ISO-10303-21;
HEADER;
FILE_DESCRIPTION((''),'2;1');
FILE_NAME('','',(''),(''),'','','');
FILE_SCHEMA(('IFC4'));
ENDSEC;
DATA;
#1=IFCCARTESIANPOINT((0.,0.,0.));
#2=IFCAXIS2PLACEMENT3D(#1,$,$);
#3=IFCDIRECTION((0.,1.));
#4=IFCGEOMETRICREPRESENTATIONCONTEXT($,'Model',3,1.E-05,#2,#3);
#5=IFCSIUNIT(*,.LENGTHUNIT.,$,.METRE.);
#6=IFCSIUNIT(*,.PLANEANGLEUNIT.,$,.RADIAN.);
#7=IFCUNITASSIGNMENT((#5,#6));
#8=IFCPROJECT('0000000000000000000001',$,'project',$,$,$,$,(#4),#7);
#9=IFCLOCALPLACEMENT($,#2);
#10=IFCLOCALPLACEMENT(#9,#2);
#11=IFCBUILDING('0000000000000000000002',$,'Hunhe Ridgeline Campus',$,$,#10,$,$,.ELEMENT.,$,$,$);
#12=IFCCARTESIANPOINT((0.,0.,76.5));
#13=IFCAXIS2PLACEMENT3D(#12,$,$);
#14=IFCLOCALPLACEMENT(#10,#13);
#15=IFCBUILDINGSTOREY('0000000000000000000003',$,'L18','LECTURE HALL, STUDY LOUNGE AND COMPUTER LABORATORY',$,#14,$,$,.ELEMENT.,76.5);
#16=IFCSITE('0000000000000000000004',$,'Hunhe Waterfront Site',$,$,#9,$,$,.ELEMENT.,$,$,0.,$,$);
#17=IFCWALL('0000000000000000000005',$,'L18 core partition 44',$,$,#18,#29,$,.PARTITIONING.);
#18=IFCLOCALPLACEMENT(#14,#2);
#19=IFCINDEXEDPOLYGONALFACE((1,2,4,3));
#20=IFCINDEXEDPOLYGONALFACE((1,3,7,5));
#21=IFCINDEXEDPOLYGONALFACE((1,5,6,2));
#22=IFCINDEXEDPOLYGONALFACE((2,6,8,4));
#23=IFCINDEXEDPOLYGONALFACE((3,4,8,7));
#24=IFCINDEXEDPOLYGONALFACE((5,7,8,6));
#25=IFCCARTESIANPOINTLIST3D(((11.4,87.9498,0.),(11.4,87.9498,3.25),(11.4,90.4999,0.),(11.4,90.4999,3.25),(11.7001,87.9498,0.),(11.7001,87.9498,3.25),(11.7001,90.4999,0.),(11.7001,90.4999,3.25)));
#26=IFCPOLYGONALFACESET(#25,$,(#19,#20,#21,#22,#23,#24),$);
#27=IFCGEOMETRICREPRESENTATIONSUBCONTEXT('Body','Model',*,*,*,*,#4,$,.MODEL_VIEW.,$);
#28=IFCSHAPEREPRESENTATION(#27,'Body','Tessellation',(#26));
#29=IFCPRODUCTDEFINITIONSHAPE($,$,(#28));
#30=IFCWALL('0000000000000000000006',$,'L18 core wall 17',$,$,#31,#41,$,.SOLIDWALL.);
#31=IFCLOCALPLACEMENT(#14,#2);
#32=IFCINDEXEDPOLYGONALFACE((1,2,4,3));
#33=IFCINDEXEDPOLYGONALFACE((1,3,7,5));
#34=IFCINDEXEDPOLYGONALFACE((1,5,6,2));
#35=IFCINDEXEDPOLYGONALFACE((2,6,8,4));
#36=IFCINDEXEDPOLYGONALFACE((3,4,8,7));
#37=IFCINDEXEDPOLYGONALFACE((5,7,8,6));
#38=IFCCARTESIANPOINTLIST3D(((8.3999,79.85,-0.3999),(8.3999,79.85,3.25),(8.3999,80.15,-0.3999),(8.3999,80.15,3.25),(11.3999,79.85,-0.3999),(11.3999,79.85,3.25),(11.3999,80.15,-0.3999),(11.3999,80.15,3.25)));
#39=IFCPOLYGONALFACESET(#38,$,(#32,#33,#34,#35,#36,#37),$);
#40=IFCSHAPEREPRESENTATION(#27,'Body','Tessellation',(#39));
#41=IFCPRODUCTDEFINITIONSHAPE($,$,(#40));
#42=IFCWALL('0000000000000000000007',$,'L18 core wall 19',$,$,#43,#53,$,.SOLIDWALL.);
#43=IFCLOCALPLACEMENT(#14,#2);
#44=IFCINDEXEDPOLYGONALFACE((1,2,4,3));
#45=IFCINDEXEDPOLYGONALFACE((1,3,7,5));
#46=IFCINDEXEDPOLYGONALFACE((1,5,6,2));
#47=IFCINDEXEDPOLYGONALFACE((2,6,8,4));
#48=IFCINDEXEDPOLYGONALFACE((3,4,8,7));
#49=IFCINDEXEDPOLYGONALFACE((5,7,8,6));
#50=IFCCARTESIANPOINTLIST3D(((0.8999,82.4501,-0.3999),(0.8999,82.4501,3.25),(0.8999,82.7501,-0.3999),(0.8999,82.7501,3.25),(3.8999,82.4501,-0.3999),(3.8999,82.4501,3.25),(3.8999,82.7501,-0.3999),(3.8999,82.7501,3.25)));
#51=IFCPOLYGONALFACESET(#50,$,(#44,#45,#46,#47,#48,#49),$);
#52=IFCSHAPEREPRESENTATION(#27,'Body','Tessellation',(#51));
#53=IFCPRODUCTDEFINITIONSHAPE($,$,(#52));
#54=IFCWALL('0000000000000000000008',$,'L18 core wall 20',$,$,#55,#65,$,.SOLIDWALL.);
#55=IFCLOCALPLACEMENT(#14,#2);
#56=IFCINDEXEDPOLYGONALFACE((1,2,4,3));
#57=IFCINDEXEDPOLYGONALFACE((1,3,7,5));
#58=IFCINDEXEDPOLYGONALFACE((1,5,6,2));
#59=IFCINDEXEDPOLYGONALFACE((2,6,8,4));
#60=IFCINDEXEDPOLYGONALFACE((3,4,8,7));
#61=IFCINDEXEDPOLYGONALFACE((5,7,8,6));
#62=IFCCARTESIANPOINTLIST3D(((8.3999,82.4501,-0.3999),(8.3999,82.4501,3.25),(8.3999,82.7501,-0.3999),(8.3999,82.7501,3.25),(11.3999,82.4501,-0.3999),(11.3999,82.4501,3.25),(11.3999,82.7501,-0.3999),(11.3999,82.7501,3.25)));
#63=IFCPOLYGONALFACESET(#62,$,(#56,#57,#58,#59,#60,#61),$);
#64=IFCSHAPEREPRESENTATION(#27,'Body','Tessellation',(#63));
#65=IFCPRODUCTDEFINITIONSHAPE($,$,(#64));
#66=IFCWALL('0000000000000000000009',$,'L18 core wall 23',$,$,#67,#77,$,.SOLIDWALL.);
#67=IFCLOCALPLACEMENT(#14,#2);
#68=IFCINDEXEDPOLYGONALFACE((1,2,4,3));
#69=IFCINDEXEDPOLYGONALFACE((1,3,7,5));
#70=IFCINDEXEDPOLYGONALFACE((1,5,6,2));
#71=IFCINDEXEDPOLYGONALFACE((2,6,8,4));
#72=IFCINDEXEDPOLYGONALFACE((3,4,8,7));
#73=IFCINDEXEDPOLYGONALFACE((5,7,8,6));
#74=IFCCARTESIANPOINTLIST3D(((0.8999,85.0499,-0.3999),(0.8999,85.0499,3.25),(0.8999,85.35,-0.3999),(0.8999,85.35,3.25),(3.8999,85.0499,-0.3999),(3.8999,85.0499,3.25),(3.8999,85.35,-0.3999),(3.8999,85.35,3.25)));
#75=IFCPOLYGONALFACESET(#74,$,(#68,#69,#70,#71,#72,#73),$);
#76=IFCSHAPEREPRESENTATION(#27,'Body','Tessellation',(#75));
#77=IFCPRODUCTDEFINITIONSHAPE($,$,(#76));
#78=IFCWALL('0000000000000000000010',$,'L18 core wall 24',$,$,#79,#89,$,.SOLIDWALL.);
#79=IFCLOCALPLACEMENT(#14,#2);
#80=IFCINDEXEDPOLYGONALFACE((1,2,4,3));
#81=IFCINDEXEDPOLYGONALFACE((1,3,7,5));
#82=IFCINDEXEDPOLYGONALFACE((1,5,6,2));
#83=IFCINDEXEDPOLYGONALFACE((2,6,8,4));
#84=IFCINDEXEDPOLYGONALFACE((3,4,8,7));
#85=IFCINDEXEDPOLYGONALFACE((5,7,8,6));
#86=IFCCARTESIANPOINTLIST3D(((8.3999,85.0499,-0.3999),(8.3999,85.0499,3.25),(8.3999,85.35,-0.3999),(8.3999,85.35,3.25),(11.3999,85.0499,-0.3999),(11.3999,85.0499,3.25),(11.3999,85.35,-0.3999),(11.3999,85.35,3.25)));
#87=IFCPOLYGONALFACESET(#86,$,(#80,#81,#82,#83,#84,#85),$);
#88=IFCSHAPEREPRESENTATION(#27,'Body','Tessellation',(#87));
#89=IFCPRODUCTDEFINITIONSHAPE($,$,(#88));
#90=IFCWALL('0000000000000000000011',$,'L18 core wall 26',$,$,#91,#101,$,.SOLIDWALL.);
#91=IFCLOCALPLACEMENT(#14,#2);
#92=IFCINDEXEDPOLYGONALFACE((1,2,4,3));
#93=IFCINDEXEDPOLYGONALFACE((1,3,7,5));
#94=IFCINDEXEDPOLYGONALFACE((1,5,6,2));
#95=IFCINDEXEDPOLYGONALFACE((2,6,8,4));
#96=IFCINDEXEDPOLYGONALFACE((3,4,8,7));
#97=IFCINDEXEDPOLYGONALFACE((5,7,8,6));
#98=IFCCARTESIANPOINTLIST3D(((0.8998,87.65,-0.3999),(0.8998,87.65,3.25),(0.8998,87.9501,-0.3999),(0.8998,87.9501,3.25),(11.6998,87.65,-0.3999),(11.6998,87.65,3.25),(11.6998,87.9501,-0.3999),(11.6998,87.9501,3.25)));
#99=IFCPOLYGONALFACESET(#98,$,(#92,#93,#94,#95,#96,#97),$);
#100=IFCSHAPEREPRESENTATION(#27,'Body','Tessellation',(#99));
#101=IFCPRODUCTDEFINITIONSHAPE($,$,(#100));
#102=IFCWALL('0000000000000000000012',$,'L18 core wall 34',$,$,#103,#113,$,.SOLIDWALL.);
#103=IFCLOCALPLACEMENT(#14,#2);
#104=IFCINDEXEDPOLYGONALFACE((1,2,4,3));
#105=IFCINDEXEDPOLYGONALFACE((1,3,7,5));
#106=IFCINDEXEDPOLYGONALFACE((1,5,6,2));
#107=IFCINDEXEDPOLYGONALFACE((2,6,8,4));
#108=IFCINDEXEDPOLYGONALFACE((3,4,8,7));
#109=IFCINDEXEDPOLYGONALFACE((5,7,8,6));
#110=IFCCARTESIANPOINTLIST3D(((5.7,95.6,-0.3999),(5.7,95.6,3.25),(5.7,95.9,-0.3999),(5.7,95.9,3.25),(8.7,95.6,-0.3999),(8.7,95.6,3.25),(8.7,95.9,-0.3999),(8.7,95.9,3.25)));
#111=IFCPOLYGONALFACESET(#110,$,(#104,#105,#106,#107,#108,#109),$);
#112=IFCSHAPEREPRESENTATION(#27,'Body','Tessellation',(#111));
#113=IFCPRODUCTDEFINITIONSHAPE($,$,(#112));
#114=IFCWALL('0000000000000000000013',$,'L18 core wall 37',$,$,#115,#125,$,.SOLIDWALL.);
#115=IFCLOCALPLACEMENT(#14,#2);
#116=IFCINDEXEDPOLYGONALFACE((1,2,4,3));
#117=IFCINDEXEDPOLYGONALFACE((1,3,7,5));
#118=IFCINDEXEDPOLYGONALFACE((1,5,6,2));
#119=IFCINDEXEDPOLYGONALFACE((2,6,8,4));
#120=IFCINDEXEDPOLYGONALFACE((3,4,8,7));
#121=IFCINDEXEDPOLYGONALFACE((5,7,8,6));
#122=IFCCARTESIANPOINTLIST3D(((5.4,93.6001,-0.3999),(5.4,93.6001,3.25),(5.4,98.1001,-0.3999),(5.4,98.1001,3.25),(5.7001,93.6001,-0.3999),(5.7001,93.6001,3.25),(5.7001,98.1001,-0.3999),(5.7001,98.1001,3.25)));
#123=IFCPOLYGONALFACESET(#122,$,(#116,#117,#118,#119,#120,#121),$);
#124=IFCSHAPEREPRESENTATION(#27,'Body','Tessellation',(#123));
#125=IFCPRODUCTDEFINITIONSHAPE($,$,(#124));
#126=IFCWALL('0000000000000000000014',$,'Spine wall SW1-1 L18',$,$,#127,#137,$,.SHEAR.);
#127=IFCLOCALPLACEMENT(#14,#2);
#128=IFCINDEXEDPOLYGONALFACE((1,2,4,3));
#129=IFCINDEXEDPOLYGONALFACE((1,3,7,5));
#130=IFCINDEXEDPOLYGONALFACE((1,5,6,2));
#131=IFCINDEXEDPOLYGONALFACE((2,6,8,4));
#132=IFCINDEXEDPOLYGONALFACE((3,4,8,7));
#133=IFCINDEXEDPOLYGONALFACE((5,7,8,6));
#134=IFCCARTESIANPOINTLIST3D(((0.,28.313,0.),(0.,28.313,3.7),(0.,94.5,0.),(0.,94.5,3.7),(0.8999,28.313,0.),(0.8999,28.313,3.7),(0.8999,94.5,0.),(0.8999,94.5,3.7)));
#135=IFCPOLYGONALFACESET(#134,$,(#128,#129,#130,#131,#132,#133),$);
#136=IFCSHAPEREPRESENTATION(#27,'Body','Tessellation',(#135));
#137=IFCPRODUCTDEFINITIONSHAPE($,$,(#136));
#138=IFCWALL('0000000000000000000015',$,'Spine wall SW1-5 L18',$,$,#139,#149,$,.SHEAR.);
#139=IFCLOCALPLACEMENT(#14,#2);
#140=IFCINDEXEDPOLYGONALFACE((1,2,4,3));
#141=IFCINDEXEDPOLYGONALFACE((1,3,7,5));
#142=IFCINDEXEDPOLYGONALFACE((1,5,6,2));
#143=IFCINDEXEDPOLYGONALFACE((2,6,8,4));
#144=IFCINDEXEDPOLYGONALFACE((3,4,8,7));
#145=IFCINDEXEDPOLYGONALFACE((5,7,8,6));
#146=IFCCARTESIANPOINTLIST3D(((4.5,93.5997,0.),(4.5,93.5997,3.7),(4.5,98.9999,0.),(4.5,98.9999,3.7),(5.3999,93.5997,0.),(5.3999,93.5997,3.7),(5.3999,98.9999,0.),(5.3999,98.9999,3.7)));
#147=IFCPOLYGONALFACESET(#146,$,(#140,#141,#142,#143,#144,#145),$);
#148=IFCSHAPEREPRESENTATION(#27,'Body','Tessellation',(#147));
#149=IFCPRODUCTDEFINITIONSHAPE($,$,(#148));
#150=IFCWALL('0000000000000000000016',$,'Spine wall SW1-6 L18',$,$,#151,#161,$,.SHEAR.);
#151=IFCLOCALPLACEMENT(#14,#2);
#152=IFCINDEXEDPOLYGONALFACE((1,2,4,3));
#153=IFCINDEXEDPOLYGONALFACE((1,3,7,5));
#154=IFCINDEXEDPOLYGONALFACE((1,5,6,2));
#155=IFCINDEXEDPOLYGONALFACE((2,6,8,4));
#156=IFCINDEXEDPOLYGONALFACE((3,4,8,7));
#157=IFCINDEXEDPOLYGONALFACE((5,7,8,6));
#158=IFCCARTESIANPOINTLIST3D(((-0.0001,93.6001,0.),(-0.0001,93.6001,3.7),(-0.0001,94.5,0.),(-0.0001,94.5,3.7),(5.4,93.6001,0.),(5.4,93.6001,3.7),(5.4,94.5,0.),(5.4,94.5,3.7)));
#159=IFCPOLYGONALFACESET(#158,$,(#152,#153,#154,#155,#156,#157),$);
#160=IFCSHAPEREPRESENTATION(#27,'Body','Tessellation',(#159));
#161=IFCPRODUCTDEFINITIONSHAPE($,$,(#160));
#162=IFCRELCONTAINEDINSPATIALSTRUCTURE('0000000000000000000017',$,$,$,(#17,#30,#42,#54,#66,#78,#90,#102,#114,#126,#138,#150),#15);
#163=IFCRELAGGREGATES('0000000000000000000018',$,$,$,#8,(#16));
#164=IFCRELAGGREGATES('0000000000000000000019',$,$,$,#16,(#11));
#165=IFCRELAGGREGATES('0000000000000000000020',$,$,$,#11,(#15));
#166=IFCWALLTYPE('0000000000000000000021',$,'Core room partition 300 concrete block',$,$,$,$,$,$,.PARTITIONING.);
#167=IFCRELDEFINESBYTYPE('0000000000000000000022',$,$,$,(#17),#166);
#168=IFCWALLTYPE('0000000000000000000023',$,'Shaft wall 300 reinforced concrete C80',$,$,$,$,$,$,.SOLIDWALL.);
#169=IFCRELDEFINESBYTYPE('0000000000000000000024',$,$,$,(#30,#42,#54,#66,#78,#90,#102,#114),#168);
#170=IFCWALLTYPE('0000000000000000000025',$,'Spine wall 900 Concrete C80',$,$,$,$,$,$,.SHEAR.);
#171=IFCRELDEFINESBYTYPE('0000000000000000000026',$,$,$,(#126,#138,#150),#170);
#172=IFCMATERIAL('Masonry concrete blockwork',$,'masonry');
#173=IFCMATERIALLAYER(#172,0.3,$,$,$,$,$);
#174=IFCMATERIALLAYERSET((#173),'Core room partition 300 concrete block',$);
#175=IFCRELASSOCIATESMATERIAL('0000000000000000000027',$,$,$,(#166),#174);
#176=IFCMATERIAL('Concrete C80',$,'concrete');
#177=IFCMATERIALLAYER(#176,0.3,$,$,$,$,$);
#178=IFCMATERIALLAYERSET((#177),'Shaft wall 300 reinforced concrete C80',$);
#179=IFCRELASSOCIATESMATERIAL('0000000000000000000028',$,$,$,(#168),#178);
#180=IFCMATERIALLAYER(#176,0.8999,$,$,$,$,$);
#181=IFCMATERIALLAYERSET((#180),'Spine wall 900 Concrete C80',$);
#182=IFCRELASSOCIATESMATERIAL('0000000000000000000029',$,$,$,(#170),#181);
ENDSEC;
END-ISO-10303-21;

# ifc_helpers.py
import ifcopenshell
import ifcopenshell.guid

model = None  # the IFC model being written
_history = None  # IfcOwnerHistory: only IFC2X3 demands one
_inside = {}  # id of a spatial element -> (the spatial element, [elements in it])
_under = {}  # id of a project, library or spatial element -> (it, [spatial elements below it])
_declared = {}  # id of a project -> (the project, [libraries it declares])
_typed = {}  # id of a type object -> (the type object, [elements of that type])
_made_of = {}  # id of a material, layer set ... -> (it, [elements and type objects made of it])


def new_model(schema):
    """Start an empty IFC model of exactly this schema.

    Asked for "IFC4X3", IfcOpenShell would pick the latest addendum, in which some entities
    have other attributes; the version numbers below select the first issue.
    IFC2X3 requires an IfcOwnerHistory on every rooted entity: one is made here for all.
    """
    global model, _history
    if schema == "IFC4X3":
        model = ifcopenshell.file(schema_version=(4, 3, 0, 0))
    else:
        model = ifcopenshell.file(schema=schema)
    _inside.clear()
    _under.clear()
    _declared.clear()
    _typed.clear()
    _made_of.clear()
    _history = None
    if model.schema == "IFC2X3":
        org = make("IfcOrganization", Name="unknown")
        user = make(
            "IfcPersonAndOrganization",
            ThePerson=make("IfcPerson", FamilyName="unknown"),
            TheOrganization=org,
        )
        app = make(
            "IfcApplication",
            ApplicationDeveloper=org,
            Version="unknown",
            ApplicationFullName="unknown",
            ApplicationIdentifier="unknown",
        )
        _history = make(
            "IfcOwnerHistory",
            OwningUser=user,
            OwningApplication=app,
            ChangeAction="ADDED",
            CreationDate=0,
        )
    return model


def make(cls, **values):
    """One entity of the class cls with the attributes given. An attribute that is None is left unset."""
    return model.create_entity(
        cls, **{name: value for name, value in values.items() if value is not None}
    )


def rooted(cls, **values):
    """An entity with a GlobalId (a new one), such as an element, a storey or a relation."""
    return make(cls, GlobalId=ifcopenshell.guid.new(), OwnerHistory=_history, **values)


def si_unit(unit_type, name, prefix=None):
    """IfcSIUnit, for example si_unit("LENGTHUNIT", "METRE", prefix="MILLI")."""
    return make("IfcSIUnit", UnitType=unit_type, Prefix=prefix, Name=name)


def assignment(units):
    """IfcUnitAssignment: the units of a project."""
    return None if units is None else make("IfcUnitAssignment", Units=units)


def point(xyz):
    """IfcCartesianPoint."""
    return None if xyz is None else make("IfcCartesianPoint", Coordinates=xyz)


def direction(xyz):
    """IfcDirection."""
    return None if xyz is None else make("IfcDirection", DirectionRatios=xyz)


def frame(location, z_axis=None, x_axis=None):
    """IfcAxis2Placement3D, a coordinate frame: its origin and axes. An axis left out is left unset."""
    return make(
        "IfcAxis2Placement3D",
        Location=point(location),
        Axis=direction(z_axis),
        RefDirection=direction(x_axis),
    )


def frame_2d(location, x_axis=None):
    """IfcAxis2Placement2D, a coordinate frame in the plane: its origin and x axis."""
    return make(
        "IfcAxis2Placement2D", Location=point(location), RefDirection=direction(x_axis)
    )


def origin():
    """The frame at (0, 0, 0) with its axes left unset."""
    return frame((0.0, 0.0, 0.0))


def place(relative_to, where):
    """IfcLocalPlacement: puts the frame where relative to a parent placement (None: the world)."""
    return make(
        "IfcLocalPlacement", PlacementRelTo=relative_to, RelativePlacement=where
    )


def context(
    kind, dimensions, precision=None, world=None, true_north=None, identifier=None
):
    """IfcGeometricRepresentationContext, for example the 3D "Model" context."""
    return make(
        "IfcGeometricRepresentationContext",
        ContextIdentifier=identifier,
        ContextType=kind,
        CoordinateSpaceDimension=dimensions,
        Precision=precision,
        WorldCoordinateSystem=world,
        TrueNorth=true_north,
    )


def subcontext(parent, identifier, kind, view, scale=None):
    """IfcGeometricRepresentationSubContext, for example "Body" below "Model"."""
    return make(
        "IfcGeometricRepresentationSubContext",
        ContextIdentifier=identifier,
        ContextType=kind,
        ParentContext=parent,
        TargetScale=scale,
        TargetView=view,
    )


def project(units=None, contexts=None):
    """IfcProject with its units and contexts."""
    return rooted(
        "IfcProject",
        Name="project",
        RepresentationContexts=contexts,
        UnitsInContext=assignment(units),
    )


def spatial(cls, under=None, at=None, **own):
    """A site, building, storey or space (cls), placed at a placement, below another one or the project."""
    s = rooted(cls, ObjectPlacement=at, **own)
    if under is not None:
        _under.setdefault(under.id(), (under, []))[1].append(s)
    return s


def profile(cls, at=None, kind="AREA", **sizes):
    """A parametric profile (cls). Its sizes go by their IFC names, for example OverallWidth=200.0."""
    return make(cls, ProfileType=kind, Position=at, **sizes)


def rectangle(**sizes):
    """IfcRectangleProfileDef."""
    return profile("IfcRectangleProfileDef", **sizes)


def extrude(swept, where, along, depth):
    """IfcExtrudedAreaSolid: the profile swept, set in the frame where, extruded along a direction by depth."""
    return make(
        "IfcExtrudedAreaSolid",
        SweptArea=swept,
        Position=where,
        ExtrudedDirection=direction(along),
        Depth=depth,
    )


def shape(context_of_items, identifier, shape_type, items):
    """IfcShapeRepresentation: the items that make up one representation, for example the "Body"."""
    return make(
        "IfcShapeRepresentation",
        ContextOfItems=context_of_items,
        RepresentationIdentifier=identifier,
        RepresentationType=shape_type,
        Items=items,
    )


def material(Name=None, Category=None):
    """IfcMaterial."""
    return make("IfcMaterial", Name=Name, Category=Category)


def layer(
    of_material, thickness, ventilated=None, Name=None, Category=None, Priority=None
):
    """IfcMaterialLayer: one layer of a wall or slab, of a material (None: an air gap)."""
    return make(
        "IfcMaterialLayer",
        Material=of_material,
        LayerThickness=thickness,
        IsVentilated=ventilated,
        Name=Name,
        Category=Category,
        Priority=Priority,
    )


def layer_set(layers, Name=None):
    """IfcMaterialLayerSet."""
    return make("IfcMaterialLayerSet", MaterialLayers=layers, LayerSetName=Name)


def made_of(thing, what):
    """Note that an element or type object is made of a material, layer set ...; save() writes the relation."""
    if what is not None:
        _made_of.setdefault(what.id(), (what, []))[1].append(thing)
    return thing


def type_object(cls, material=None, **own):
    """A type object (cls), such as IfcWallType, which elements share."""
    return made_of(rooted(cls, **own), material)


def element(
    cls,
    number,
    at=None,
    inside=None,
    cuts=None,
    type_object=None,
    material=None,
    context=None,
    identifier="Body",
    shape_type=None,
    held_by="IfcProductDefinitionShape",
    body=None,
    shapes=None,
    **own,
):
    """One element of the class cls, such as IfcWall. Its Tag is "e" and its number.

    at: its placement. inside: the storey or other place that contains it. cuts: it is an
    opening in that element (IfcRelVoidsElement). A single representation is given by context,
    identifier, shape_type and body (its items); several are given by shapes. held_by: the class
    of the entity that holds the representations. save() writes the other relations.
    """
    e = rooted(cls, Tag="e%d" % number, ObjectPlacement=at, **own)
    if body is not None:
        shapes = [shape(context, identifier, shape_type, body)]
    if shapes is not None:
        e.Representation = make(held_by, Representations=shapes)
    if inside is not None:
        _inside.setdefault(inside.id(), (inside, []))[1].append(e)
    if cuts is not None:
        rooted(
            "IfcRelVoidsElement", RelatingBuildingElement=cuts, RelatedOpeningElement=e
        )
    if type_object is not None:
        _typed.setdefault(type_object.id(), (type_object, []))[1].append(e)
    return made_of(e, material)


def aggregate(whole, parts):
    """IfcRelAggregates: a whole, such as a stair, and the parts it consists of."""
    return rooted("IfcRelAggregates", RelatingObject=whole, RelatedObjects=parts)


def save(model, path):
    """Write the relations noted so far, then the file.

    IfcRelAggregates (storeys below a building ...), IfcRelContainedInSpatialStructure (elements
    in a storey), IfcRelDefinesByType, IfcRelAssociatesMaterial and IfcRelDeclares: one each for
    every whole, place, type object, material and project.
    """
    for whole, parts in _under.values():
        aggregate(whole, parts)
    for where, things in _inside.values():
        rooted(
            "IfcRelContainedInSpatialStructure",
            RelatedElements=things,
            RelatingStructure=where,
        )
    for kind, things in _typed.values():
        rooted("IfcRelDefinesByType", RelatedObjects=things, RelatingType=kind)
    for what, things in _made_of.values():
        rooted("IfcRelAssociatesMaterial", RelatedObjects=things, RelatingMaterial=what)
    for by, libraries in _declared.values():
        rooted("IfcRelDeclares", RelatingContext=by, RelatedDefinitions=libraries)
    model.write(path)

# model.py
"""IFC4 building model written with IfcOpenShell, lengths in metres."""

from ifc_helpers import new_model, si_unit, direction, frame, frame_2d, origin, place, context, subcontext, project, spatial, rectangle, extrude, material, layer, layer_set, type_object, element, save


model = new_model("IFC4")

# Units and contexts
model_context = context("Model", 3, precision=1e-05, world=origin(), true_north=direction((0.0, 1.0)))
body_context = subcontext(model_context, "Body", "Model", "MODEL_VIEW")
ifc_project = project(units=[si_unit("LENGTHUNIT", "METRE"), si_unit("PLANEANGLEUNIT", "RADIAN")], contexts=[model_context])

# Site, building, storey
site_placement = place(None, origin())
site = spatial("IfcSite", under=ifc_project, at=site_placement, Name="Hunhe Waterfront Site", CompositionType="ELEMENT", RefElevation=0.0)
building_placement = place(site_placement, origin())
building = spatial("IfcBuilding", under=site, at=building_placement, Name="Hunhe Ridgeline Campus", CompositionType="ELEMENT")
storey_placement = place(building_placement, frame((0.0, 0.0, 76.5)))
storey = spatial("IfcBuildingStorey", under=building, at=storey_placement, Name="L18", Description="LECTURE HALL, STUDY LOUNGE AND COMPUTER LABORATORY", CompositionType="ELEMENT", Elevation=76.5)

# Wall
ifc_material_1 = material(Name="Masonry concrete blockwork", Category="masonry")
ifc_layer_1 = layer(ifc_material_1, 0.3)
ifc_layer_set_1 = layer_set([ifc_layer_1], Name="Core room partition 300 concrete block")
wall_type_1 = type_object("IfcWallType", Name="Core room partition 300 concrete block", PredefinedType="PARTITIONING", material=ifc_layer_set_1)
wall_1_placement = place(storey_placement, frame((11.55, 87.95, 0.0), z_axis=(0.0, 0.0, 1.0), x_axis=(0.0, 1.0, 0.0)))
element("IfcWall", 1, at=wall_1_placement, inside=storey, type_object=wall_type_1, Name="L18 core partition 44", PredefinedType="PARTITIONING", context=body_context, shape_type="SweptSolid", body=[
    extrude(rectangle(XDim=2.55, YDim=0.3, at=frame_2d((1.2749, 0.0))), origin(), (0.0, 0.0, 1.0), 3.25),
])

# Shared definitions
ifc_material_2 = material(Name="Concrete C80", Category="concrete")

# Walls
ifc_layer_2 = layer(ifc_material_2, 0.3)
ifc_layer_set_2 = layer_set([ifc_layer_2], Name="Shaft wall 300 reinforced concrete C80")
wall_type_2 = type_object("IfcWallType", Name="Shaft wall 300 reinforced concrete C80", PredefinedType="SOLIDWALL", material=ifc_layer_set_2)
for number, where, z_axis, x_axis, name in (
    (2, (8.3999, 80.0, -0.3999), (0.0, 0.0, 1.0), (1.0, 0.0, 0.0), "L18 core wall 17"),
    (3, (0.8999, 82.6001, -0.3999), (0.0, 0.0, 1.0), (1.0, 0.0, 0.0), "L18 core wall 19"),
    (4, (8.3999, 82.6001, -0.3999), (0.0, 0.0, 1.0), (1.0, 0.0, 0.0), "L18 core wall 20"),
    (5, (0.8999, 85.2, -0.3999), (0.0, 0.0, 1.0), (1.0, 0.0, 0.0), "L18 core wall 23"),
    (6, (8.3999, 85.2, -0.3999), (0.0, 0.0, 1.0), (1.0, 0.0, 0.0), "L18 core wall 24"),
):
    element("IfcWall", number, at=place(storey_placement, frame(where, z_axis=z_axis, x_axis=x_axis)), inside=storey, type_object=wall_type_2, Name=name, PredefinedType="SOLIDWALL", context=body_context, shape_type="SweptSolid", body=[
        extrude(rectangle(XDim=3.0, YDim=0.3, at=frame_2d((1.5, 0.0))), origin(), (0.0, 0.0, 1.0), 3.6499),
    ])
wall_2_placement = place(storey_placement, frame((0.8999, 87.8, -0.3999), z_axis=(0.0, 0.0, 1.0), x_axis=(1.0, 0.0, 0.0)))
element("IfcWall", 7, at=wall_2_placement, inside=storey, type_object=wall_type_2, Name="L18 core wall 26", PredefinedType="SOLIDWALL", context=body_context, shape_type="SweptSolid", body=[
    extrude(rectangle(XDim=10.8, YDim=0.3, at=frame_2d((5.3999, 0.0))), origin(), (0.0, 0.0, 1.0), 3.6499),
])

# Walls
wall_3_placement = place(storey_placement, frame((5.7, 95.75, -0.3999), z_axis=(0.0, 0.0, 1.0), x_axis=(1.0, 0.0, 0.0)))
element("IfcWall", 8, at=wall_3_placement, inside=storey, type_object=wall_type_2, Name="L18 core wall 34", PredefinedType="SOLIDWALL", context=body_context, shape_type="SweptSolid", body=[
    extrude(rectangle(XDim=3.0, YDim=0.3, at=frame_2d((1.5, 0.0))), origin(), (0.0, 0.0, 1.0), 3.6499),
])
wall_4_placement = place(storey_placement, frame((5.55, 93.6001, -0.3999), z_axis=(0.0, 0.0, 1.0), x_axis=(0.0, 1.0, 0.0)))
element("IfcWall", 9, at=wall_4_placement, inside=storey, type_object=wall_type_2, Name="L18 core wall 37", PredefinedType="SOLIDWALL", context=body_context, shape_type="SweptSolid", body=[
    extrude(rectangle(XDim=4.5, YDim=0.3, at=frame_2d((2.25, 0.0))), origin(), (0.0, 0.0, 1.0), 3.6499),
])

# Walls
ifc_layer_3 = layer(ifc_material_2, 0.8999)
ifc_layer_set_3 = layer_set([ifc_layer_3], Name="Spine wall 900 Concrete C80")
wall_type_3 = type_object("IfcWallType", Name="Spine wall 900 Concrete C80", PredefinedType="SHEAR", material=ifc_layer_set_3)
wall_5_placement = place(storey_placement, frame((0.45, 94.5, 0.0), z_axis=(0.0, 0.0, 1.0), x_axis=(0.0, -1.0, 0.0)))
element("IfcWall", 10, at=wall_5_placement, inside=storey, type_object=wall_type_3, Name="Spine wall SW1-1 L18", PredefinedType="SHEAR", context=body_context, shape_type="SweptSolid", body=[
    extrude(rectangle(XDim=66.187, YDim=0.8999, at=frame_2d((33.0935, 0.0))), origin(), (0.0, 0.0, 1.0), 3.7),
])
for number, where, z_axis, x_axis, name in (
    (11, (4.95, 99.0, 0.0), (0.0, 0.0, 1.0), (0.0, -1.0, 0.0), "Spine wall SW1-5 L18"),
    (12, (5.4001, 94.05, 0.0), (0.0, 0.0, 1.0), (-1.0, 0.0, 0.0), "Spine wall SW1-6 L18"),
):
    element("IfcWall", number, at=place(storey_placement, frame(where, z_axis=z_axis, x_axis=x_axis)), inside=storey, type_object=wall_type_3, Name=name, PredefinedType="SHEAR", context=body_context, shape_type="SweptSolid", body=[
        extrude(rectangle(XDim=5.4001, YDim=0.8999, at=frame_2d((2.7002, 0.0))), origin(), (0.0, 0.0, 1.0), 3.7),
    ])

save(model, "model.ifc")
